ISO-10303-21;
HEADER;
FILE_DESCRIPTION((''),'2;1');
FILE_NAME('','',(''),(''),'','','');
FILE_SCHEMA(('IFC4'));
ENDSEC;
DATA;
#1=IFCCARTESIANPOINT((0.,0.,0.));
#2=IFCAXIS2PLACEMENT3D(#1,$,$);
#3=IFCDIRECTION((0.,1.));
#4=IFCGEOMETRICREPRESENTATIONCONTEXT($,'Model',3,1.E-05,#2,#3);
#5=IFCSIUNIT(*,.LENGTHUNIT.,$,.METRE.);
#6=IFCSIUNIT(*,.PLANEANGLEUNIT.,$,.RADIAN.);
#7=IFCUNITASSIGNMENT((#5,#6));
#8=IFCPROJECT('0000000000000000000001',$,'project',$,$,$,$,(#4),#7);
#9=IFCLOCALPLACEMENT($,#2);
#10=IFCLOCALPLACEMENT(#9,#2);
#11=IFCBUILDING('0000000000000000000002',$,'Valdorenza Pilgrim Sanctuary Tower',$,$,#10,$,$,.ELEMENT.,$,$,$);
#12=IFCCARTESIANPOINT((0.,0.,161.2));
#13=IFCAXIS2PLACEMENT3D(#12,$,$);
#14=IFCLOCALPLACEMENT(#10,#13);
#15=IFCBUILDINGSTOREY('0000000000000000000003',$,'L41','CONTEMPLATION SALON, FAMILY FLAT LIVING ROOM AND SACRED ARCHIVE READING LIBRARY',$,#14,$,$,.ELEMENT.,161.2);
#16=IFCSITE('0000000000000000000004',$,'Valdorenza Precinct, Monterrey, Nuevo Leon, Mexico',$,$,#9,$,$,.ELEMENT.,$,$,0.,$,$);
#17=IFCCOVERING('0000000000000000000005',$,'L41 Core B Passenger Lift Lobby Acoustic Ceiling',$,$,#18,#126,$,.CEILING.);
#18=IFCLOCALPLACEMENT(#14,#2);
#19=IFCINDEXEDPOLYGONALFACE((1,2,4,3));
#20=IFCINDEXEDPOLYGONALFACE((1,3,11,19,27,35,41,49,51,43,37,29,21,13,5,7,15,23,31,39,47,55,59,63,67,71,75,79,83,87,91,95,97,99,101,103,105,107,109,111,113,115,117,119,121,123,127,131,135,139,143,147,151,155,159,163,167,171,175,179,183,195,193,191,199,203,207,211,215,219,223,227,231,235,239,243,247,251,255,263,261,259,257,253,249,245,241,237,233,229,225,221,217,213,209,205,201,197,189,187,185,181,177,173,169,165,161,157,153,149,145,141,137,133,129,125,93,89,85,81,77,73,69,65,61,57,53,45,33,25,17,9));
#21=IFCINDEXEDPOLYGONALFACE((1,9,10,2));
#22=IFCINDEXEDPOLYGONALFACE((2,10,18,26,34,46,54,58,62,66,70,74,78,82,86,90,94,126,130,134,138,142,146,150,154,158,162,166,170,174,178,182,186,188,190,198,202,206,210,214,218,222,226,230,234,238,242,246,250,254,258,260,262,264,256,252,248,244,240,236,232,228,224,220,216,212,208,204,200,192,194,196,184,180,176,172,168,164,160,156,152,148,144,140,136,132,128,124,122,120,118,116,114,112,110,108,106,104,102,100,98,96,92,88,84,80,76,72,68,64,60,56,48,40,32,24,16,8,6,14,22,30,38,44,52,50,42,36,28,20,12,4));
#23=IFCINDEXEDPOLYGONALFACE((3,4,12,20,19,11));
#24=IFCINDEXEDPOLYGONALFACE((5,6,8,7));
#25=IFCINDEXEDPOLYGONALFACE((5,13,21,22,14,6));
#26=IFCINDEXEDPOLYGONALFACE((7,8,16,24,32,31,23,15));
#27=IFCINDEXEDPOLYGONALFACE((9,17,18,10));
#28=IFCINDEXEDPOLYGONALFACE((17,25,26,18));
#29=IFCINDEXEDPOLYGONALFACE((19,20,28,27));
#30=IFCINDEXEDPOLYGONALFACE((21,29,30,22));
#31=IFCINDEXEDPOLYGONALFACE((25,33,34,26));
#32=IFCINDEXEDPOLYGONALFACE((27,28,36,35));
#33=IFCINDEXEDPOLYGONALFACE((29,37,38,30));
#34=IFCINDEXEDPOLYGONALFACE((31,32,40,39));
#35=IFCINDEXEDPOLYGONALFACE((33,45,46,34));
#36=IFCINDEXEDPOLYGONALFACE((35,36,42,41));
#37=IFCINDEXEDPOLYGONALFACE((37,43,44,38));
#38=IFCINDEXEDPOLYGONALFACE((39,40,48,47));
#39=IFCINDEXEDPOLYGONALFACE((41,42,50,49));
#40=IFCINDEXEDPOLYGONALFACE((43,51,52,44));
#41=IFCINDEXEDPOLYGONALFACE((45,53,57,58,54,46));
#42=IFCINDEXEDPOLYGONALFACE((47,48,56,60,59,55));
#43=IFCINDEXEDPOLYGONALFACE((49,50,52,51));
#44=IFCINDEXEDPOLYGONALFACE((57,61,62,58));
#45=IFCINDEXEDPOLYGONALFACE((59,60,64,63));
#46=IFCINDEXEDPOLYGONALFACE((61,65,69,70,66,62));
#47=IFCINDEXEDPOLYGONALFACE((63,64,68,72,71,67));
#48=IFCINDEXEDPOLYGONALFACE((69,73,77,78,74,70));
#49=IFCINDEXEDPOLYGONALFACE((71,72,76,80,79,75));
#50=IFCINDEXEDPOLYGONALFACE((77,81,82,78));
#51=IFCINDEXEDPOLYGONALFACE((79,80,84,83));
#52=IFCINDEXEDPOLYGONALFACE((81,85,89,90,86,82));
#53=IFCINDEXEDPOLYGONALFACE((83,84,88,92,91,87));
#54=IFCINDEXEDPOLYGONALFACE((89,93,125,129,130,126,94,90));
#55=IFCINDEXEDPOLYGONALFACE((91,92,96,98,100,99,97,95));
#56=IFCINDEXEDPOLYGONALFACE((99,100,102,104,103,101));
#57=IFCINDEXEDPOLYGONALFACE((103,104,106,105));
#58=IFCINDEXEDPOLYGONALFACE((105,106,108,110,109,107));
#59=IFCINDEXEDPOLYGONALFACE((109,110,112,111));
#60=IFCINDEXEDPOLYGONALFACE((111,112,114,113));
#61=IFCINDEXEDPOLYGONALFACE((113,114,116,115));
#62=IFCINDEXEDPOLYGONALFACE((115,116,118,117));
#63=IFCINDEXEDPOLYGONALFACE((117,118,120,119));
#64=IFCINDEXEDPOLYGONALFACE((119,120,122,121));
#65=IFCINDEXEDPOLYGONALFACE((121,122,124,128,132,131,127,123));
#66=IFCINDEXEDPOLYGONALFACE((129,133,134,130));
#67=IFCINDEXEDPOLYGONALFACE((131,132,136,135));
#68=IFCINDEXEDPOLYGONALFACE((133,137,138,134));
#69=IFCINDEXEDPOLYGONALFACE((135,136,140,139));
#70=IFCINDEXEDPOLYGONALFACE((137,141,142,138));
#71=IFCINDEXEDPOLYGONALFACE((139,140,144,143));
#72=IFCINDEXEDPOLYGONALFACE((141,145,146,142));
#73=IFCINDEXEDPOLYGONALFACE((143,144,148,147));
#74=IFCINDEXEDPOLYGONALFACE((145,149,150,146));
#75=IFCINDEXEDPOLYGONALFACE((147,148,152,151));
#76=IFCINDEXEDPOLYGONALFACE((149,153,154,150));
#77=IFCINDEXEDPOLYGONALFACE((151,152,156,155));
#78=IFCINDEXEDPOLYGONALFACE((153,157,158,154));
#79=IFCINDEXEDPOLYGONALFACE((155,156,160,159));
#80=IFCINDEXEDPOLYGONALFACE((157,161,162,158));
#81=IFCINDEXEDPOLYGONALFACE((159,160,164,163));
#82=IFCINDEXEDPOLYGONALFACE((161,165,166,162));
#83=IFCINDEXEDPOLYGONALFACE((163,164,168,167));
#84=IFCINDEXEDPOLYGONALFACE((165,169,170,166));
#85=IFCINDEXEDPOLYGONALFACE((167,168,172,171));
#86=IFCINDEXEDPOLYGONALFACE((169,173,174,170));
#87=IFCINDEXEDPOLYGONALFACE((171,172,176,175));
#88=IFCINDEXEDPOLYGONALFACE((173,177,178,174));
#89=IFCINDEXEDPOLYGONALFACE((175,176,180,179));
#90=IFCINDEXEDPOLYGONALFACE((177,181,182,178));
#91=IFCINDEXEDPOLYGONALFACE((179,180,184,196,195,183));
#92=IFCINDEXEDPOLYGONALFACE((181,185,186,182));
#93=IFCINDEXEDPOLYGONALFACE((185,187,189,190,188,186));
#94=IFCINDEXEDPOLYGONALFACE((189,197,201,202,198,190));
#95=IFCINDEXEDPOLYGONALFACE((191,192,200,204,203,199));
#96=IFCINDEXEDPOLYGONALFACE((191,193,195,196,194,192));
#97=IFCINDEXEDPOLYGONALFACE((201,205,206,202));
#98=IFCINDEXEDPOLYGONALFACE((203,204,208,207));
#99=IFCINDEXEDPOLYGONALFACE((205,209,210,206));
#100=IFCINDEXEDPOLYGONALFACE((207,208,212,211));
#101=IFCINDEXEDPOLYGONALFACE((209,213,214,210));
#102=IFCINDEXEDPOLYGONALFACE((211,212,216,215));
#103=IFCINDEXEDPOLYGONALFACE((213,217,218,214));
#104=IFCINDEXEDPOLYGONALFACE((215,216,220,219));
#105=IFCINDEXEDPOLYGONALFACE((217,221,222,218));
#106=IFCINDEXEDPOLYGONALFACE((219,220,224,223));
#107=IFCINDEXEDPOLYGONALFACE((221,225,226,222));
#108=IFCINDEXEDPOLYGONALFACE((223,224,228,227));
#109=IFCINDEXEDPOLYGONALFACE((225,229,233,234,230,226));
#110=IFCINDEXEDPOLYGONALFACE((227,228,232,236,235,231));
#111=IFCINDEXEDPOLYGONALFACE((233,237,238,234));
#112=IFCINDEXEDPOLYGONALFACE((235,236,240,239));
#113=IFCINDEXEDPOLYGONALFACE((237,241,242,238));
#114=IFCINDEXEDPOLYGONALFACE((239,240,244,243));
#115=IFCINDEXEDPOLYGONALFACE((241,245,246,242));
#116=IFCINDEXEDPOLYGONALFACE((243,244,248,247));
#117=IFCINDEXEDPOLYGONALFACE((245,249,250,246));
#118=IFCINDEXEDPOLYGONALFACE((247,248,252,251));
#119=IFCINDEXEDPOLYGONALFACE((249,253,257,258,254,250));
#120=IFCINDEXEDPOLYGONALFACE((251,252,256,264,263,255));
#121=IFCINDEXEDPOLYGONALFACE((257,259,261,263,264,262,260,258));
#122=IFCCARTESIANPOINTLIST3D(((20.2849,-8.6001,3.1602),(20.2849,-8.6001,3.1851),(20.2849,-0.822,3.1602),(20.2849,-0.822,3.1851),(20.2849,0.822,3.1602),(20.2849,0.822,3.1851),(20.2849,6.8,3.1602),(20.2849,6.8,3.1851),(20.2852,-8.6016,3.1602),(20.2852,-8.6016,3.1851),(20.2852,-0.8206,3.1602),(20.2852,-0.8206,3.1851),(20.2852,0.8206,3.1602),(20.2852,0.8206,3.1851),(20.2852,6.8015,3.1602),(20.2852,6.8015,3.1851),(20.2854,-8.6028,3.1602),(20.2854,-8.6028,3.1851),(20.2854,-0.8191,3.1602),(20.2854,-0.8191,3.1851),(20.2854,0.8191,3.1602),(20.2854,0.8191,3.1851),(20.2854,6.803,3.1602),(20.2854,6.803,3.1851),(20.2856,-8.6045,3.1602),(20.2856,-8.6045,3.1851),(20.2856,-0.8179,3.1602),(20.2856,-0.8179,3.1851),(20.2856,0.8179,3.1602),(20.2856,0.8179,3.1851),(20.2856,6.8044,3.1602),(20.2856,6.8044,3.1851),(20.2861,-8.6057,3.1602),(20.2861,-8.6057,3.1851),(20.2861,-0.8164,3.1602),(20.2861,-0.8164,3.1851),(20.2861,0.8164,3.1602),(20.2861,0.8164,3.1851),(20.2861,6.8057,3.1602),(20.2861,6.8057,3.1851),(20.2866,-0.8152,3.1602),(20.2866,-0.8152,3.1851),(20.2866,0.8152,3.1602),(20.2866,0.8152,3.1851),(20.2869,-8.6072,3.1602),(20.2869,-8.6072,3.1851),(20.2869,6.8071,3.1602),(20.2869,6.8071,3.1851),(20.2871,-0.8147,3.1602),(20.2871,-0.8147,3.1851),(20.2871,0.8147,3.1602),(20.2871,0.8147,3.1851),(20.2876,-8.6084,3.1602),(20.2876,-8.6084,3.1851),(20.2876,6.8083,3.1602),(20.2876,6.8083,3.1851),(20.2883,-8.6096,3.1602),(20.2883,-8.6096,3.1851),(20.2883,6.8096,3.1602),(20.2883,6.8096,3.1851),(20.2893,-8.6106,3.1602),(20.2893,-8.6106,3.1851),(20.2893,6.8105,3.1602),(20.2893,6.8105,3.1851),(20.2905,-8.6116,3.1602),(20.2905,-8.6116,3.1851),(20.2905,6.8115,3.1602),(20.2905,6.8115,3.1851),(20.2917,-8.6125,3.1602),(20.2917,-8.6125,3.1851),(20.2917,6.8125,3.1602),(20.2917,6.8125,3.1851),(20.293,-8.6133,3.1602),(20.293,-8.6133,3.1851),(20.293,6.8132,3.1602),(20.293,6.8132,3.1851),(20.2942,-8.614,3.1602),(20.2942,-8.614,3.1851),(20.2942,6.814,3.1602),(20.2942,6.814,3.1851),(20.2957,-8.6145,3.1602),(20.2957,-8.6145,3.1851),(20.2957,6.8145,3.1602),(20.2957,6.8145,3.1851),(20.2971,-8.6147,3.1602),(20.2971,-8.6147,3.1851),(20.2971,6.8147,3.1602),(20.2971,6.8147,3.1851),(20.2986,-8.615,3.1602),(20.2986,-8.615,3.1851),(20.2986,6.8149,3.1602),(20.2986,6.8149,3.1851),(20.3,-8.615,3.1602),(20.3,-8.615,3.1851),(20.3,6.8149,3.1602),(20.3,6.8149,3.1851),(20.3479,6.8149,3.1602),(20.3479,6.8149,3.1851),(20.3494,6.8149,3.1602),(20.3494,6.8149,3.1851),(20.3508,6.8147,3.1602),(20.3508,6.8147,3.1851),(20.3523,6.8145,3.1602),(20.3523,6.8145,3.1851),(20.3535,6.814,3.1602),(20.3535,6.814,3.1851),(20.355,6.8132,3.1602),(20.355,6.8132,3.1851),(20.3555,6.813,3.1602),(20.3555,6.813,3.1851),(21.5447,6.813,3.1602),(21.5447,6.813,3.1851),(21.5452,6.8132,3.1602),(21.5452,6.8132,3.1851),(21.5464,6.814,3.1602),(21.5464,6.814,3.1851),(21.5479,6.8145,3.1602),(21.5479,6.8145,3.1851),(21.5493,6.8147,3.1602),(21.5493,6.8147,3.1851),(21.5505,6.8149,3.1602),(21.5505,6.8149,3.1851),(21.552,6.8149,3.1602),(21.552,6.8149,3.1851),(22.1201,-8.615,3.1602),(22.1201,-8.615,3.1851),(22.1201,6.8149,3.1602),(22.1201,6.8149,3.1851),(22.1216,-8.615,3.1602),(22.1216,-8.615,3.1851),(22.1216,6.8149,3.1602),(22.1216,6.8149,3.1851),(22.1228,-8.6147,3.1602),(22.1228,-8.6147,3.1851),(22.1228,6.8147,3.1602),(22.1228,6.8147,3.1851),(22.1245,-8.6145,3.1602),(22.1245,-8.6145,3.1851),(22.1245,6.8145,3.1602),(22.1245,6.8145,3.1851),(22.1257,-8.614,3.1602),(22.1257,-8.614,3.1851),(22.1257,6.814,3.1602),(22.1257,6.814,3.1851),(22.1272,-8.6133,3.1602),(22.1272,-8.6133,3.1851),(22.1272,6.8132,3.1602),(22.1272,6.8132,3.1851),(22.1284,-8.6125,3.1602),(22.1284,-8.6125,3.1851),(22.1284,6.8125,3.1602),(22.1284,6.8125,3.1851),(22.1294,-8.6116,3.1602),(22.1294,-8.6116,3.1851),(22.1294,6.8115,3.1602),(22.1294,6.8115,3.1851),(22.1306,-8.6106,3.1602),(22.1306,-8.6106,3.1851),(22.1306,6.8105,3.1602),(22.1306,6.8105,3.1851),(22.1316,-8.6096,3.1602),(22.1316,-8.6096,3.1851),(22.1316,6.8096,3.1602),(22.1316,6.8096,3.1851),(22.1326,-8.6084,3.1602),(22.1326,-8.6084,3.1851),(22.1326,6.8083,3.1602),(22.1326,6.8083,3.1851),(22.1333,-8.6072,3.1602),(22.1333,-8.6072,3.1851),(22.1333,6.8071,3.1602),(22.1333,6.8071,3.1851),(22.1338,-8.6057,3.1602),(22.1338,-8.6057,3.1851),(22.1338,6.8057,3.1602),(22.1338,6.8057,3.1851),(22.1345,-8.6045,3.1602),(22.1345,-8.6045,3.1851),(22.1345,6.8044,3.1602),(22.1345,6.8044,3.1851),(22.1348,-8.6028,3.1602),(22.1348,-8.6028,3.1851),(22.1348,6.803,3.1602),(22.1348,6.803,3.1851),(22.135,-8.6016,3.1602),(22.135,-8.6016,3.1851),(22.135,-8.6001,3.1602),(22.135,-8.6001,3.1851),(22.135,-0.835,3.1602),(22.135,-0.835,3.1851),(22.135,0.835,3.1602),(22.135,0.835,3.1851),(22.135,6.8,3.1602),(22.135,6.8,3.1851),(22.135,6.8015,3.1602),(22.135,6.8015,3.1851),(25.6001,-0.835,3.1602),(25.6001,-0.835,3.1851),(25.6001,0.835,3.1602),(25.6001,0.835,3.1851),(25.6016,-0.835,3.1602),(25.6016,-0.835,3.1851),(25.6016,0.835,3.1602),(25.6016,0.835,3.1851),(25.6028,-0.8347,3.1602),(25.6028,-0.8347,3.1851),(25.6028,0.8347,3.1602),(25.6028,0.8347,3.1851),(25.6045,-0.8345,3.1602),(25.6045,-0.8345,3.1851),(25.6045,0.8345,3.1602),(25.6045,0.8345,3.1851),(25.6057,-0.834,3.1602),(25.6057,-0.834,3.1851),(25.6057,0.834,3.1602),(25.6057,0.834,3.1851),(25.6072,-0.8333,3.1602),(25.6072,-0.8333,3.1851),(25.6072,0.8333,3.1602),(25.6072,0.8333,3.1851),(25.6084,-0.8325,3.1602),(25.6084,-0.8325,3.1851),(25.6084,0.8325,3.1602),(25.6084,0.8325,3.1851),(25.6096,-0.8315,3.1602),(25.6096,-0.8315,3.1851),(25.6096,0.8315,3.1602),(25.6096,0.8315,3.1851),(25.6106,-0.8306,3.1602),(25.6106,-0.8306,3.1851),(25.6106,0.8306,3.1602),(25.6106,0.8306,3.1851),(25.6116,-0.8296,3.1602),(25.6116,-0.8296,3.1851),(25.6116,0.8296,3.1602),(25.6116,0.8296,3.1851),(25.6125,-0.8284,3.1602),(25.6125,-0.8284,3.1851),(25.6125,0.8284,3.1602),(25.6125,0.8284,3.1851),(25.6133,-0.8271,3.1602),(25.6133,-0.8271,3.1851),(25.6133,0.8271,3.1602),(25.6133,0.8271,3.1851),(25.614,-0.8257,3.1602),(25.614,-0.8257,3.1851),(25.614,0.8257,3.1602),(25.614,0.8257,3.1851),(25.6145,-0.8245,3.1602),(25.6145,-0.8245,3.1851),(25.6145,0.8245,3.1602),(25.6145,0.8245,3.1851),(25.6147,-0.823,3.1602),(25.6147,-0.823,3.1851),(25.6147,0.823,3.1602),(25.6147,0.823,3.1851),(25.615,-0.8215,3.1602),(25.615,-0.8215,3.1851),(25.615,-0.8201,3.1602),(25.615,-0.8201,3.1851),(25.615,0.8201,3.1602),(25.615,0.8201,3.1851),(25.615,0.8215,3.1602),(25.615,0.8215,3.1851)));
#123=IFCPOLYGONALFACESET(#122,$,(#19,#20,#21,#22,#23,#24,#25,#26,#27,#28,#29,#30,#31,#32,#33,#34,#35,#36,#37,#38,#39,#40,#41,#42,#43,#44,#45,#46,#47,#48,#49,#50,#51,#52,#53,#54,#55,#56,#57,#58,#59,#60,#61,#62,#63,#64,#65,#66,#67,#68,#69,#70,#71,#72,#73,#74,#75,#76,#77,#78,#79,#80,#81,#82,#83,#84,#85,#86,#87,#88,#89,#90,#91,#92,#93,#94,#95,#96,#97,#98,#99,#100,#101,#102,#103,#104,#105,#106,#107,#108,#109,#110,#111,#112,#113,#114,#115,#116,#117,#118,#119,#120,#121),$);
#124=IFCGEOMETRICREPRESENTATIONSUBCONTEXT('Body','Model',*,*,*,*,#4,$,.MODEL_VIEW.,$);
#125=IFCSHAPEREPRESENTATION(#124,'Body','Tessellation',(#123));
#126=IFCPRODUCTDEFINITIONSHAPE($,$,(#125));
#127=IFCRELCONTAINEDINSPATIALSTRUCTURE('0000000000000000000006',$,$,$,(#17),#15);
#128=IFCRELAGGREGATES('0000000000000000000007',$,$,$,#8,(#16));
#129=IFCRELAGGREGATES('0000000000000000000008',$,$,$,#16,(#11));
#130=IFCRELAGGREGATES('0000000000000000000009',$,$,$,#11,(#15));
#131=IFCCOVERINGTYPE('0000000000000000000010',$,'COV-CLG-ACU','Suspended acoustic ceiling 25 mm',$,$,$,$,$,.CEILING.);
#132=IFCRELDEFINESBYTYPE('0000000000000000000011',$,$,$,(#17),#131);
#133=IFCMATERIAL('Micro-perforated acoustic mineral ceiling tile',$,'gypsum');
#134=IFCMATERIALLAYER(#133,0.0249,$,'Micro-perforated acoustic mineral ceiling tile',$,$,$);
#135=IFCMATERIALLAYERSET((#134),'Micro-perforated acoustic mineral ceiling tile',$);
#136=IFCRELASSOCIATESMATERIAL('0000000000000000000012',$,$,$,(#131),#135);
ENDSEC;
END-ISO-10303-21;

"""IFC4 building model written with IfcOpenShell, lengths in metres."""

from ifc_helpers import new_model, si_unit, direction, frame, origin, place, context, subcontext, project, spatial, polyline, outline, extrude, material, layer, layer_set, type_object, element, save


model = new_model("IFC4")

# Units and contexts
model_context = context("Model", 3, precision=1e-05, world=origin(), true_north=direction((0.0, 1.0)))
body_context = subcontext(model_context, "Body", "Model", "MODEL_VIEW")
ifc_project = project(units=[si_unit("LENGTHUNIT", "METRE"), si_unit("PLANEANGLEUNIT", "RADIAN")], contexts=[model_context])

# Site, building, storey
site_placement = place(None, origin())
site = spatial("IfcSite", under=ifc_project, at=site_placement, Name="Valdorenza Precinct, Monterrey, Nuevo Leon, Mexico", CompositionType="ELEMENT", RefElevation=0.0)
building_placement = place(site_placement, origin())
building = spatial("IfcBuilding", under=site, at=building_placement, Name="Valdorenza Pilgrim Sanctuary Tower", CompositionType="ELEMENT")
storey_placement = place(building_placement, frame((0.0, 0.0, 161.2)))
storey = spatial("IfcBuildingStorey", under=building, at=storey_placement, Name="L41", Description="CONTEMPLATION SALON, FAMILY FLAT LIVING ROOM AND SACRED ARCHIVE READING LIBRARY", CompositionType="ELEMENT", Elevation=161.2)

# Covering
ifc_material_1 = material(Name="Micro-perforated acoustic mineral ceiling tile", Category="gypsum")
ifc_layer_1 = layer(ifc_material_1, 0.0249, Name="Micro-perforated acoustic mineral ceiling tile")
ifc_layer_set_1 = layer_set([ifc_layer_1], Name="Micro-perforated acoustic mineral ceiling tile")
covering_type_1 = type_object("IfcCoveringType", Name="COV-CLG-ACU", Description="Suspended acoustic ceiling 25 mm", PredefinedType="CEILING", material=ifc_layer_set_1)
covering_1_placement = place(storey_placement, frame((0.0, 0.0, 3.1602)))
element("IfcCovering", 1, at=covering_1_placement, inside=storey, type_object=covering_type_1, Name="L41 Core B Passenger Lift Lobby Acoustic Ceiling", PredefinedType="CEILING", context=body_context, shape_type="SweptSolid", body=[
    extrude(outline(polyline([(20.2871, -0.8147), (20.2871, 0.8147), (20.2866, 0.8152), (20.2861, 0.8164), (20.2856, 0.8179), (20.2854, 0.8191), (20.2852, 0.8206), (20.2849, 0.822), (20.2849, 6.8), (20.2852, 6.8015), (20.2854, 6.803), (20.2856, 6.8044), (20.2861, 6.8057), (20.2869, 6.8071), (20.2876, 6.8083), (20.2883, 6.8096), (20.2893, 6.8105), (20.2905, 6.8115), (20.2917, 6.8125), (20.293, 6.8132), (20.2942, 6.814), (20.2957, 6.8145), (20.2971, 6.8147), (20.2986, 6.8149), (20.3, 6.8149), (20.3479, 6.8149), (20.3494, 6.8149), (20.3508, 6.8147), (20.3523, 6.8145), (20.3535, 6.814), (20.355, 6.8132), (20.3555, 6.813), (21.5447, 6.813), (21.5452, 6.8132), (21.5464, 6.814), (21.5479, 6.8145), (21.5493, 6.8147), (21.5505, 6.8149), (21.552, 6.8149), (22.1201, 6.8149), (22.1216, 6.8149), (22.1228, 6.8147), (22.1245, 6.8145), (22.1257, 6.814), (22.1272, 6.8132), (22.1284, 6.8125), (22.1294, 6.8115), (22.1306, 6.8105), (22.1316, 6.8096), (22.1326, 6.8083), (22.1333, 6.8071), (22.1338, 6.8057), (22.1345, 6.8044), (22.1348, 6.803), (22.135, 6.8015), (22.135, 6.8), (22.135, 0.835), (25.6001, 0.835), (25.6016, 0.835), (25.6028, 0.8347), (25.6045, 0.8345), (25.6057, 0.834), (25.6072, 0.8333), (25.6084, 0.8325), (25.6096, 0.8315), (25.6106, 0.8306), (25.6116, 0.8296), (25.6125, 0.8284), (25.6133, 0.8271), (25.614, 0.8257), (25.6145, 0.8245), (25.6147, 0.823), (25.615, 0.8215), (25.615, 0.8201), (25.615, -0.8201), (25.615, -0.8215), (25.6147, -0.823), (25.6145, -0.8245), (25.614, -0.8257), (25.6133, -0.8271), (25.6125, -0.8284), (25.6116, -0.8296), (25.6106, -0.8306), (25.6096, -0.8315), (25.6084, -0.8325), (25.6072, -0.8333), (25.6057, -0.834), (25.6045, -0.8345), (25.6028, -0.8347), (25.6016, -0.835), (25.6001, -0.835), (22.135, -0.835), (22.135, -8.6001), (22.135, -8.6016), (22.1348, -8.6028), (22.1345, -8.6045), (22.1338, -8.6057), (22.1333, -8.6072), (22.1326, -8.6084), (22.1316, -8.6096), (22.1306, -8.6106), (22.1294, -8.6116), (22.1284, -8.6125), (22.1272, -8.6133), (22.1257, -8.614), (22.1245, -8.6145), (22.1228, -8.6147), (22.1216, -8.615), (22.1201, -8.615), (20.3, -8.615), (20.2986, -8.615), (20.2971, -8.6147), (20.2957, -8.6145), (20.2942, -8.614), (20.293, -8.6133), (20.2917, -8.6125), (20.2905, -8.6116), (20.2893, -8.6106), (20.2883, -8.6096), (20.2876, -8.6084), (20.2869, -8.6072), (20.2861, -8.6057), (20.2856, -8.6045), (20.2854, -8.6028), (20.2852, -8.6016), (20.2849, -8.6001), (20.2849, -0.822), (20.2852, -0.8206), (20.2854, -0.8191), (20.2856, -0.8179), (20.2861, -0.8164), (20.2866, -0.8152), (20.2871, -0.8147)])), origin(), (0.0, 0.0, 1.0), 0.0249),
])

save(model, "model.ifc")
